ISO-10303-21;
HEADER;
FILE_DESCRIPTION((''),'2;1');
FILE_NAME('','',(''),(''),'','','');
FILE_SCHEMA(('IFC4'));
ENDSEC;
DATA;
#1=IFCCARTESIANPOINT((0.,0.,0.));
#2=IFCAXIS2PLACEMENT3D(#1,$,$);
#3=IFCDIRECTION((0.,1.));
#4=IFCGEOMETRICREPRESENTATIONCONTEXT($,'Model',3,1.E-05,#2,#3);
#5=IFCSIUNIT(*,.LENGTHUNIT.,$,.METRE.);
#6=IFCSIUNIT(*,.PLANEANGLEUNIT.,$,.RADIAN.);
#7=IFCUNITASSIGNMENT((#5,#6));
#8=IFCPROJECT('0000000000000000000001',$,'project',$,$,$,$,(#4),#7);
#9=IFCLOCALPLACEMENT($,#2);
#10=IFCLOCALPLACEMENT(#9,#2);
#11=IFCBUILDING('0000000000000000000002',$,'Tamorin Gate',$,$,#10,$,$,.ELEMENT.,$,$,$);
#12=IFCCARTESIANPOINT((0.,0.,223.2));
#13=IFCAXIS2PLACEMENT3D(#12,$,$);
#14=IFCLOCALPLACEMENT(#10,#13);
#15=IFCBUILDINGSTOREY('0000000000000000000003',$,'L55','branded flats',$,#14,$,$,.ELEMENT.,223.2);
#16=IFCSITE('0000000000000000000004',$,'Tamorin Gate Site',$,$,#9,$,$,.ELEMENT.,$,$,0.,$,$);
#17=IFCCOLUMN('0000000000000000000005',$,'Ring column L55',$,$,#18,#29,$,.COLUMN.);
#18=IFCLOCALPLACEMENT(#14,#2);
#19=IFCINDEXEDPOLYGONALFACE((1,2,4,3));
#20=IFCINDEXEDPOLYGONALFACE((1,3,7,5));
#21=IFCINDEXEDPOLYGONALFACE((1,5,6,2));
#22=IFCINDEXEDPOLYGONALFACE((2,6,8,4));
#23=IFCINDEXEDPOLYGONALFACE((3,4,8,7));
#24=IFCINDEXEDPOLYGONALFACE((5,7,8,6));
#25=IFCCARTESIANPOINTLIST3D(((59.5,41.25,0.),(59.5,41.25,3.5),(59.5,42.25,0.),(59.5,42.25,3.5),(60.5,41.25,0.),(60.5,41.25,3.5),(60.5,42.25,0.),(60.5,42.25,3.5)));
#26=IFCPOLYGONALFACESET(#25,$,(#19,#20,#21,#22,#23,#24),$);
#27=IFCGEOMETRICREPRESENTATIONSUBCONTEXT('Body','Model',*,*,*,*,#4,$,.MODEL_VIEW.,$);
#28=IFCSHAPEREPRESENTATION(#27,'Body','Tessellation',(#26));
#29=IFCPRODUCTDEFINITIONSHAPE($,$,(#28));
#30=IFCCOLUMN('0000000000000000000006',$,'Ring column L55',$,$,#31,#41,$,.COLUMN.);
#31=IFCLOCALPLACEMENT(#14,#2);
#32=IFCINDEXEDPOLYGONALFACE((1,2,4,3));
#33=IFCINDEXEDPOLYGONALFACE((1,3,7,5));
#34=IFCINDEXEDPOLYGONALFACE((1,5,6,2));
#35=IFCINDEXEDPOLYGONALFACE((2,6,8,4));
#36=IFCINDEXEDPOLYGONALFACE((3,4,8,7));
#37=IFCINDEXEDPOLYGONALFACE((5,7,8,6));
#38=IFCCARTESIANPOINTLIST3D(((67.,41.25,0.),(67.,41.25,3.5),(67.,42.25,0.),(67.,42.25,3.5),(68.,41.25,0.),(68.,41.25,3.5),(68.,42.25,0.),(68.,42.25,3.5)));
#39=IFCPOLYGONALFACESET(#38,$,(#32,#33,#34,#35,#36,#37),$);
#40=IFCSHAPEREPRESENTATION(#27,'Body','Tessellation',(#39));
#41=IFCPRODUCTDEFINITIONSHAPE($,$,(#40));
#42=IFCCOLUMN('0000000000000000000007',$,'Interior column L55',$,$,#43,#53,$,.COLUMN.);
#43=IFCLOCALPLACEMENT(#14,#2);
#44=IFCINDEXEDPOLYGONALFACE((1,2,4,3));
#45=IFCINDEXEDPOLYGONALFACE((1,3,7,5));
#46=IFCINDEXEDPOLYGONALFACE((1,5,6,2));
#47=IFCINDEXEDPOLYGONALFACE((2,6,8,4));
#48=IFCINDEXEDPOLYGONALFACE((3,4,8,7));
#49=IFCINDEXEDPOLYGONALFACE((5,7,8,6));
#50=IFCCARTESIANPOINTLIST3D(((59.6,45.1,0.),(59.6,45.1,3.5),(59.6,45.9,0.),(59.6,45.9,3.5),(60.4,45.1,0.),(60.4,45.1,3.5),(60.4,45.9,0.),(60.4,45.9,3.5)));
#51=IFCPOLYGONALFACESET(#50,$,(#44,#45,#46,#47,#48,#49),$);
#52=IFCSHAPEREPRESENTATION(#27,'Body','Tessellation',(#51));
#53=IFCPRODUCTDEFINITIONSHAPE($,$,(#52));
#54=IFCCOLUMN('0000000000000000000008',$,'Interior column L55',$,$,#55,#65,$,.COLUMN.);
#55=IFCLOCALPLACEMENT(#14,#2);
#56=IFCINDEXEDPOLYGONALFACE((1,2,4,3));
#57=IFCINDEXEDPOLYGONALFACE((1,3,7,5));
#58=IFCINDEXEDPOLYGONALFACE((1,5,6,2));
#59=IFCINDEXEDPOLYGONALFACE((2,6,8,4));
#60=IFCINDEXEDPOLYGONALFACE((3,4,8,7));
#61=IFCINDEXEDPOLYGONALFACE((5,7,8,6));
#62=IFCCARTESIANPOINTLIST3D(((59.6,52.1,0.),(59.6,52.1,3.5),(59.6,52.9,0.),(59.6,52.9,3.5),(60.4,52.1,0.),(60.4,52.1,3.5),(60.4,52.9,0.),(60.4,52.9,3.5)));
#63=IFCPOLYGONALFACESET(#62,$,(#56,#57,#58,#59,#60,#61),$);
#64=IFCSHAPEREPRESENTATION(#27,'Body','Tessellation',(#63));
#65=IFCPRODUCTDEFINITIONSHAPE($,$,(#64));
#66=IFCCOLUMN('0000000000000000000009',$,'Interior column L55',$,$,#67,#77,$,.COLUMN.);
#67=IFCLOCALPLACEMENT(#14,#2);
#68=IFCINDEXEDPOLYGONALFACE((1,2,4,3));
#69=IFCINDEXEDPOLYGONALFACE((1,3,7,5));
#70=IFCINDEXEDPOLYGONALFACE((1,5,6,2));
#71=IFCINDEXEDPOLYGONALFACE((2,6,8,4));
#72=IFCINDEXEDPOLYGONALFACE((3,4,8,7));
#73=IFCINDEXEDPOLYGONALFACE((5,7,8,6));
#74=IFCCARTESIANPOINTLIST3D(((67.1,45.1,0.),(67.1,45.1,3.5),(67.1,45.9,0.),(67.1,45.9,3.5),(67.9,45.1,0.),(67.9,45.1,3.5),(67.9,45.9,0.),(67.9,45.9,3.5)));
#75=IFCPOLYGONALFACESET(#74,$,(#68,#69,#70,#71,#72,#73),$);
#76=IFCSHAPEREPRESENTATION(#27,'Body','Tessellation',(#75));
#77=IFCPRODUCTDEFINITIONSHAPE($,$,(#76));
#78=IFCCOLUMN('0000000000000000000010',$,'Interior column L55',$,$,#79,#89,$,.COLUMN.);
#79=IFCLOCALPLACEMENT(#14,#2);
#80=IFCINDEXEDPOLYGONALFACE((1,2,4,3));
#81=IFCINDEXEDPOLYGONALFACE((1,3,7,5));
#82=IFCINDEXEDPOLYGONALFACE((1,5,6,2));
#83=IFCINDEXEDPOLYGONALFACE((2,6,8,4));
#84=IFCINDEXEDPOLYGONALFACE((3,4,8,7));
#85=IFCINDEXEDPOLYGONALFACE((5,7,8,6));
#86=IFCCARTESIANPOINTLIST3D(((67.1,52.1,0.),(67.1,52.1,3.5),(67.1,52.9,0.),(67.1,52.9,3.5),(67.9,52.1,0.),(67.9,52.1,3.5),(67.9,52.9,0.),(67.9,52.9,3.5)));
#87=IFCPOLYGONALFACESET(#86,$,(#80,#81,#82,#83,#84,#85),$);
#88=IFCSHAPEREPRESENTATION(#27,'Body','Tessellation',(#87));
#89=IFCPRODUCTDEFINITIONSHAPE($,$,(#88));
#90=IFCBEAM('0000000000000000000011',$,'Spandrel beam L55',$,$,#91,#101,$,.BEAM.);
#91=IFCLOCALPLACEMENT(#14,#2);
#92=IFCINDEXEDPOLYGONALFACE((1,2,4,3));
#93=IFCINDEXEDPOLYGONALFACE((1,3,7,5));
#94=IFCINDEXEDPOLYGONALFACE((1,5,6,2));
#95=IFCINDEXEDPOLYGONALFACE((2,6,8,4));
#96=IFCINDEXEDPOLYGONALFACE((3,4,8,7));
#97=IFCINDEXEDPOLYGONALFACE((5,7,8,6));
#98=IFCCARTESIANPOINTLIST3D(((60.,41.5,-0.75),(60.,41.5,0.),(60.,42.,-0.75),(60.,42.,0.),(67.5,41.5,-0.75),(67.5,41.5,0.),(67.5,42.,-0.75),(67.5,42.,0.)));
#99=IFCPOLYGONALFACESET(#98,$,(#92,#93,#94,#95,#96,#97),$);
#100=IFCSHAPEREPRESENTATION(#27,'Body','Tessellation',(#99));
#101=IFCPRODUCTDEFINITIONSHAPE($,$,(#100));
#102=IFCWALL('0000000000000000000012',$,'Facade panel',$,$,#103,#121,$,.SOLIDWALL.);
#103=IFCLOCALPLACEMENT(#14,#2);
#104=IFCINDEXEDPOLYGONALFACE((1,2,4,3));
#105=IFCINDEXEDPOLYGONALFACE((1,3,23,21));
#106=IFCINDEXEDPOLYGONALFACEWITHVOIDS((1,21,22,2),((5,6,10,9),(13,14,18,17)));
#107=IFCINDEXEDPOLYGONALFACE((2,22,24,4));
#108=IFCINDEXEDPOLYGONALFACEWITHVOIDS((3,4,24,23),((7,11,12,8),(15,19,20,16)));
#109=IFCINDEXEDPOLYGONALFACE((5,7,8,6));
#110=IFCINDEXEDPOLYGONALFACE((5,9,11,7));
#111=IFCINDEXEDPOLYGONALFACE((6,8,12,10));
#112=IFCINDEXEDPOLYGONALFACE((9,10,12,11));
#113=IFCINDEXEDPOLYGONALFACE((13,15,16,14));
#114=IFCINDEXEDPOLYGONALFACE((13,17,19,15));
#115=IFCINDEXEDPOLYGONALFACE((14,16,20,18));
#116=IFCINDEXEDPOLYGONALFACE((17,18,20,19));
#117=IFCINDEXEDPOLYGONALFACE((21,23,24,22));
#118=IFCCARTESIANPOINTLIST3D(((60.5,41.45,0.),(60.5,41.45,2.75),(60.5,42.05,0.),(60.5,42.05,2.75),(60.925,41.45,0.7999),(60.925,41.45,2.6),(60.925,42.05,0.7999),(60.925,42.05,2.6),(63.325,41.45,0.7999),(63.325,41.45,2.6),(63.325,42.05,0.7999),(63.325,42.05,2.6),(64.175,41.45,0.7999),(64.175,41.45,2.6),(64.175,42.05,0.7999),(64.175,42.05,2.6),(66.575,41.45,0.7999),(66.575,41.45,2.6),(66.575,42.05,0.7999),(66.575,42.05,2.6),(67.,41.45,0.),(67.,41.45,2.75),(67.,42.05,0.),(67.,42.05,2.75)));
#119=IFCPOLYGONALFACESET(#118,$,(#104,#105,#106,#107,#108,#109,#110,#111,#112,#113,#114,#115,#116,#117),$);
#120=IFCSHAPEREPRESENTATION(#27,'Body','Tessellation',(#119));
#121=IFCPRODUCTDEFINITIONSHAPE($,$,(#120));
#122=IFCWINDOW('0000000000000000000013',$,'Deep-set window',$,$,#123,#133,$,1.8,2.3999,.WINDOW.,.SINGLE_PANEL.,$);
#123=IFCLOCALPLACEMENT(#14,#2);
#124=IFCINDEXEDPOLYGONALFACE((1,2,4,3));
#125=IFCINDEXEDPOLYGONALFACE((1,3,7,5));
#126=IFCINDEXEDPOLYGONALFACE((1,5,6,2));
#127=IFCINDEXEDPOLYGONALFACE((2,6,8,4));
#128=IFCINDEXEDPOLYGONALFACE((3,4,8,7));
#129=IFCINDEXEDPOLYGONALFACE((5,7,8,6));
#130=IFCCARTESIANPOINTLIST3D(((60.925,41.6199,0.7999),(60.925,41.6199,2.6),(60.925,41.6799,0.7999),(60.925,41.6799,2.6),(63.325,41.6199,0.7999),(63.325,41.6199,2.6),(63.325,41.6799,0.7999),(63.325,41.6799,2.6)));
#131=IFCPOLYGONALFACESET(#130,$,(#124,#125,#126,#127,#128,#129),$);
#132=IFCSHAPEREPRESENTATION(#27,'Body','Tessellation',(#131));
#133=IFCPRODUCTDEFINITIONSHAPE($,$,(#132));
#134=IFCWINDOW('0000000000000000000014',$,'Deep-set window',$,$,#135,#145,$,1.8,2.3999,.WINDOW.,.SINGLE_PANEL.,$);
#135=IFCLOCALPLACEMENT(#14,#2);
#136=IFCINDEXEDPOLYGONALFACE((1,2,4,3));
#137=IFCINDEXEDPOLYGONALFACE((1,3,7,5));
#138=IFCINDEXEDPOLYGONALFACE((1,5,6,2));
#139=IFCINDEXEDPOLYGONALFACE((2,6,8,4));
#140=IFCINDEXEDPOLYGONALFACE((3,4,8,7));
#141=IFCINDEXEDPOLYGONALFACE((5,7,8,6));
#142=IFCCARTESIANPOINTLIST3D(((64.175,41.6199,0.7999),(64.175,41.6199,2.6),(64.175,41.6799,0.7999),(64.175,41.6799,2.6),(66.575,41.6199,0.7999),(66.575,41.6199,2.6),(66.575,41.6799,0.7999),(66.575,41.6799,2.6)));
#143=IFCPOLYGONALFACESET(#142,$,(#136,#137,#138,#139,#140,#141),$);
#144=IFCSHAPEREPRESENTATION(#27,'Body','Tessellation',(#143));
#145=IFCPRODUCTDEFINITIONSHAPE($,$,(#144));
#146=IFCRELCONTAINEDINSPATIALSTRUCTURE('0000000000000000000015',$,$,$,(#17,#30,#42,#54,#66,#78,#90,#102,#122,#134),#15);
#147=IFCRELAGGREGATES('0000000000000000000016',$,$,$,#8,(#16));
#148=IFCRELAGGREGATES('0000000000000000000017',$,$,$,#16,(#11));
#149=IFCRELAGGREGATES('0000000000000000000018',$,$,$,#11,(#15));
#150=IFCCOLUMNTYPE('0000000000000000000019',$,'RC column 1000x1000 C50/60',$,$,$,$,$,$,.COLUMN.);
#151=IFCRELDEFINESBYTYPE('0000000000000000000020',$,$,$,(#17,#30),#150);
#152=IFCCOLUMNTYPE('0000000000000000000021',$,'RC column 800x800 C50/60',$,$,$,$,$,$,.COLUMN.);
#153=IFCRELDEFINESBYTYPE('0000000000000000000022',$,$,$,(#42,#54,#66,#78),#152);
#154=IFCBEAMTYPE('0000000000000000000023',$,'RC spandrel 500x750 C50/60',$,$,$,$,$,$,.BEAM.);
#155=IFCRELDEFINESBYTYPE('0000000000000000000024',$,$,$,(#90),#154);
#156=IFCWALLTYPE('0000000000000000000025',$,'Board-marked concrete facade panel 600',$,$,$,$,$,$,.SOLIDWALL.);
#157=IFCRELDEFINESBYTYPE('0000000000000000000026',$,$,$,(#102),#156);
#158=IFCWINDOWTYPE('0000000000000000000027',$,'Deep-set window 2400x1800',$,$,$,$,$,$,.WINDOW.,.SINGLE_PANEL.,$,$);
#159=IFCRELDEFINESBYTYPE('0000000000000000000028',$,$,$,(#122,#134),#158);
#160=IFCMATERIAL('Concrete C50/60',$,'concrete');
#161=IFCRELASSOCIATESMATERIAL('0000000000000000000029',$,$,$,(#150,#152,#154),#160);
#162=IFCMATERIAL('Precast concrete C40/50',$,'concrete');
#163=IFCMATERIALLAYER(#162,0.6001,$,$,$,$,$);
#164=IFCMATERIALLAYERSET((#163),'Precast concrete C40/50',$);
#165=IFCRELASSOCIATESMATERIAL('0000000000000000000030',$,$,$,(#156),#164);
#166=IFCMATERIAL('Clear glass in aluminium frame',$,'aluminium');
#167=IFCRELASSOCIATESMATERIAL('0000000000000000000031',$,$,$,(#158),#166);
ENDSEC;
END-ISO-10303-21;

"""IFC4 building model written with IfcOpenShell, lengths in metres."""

from ifc_helpers import new_model, si_unit, direction, frame, frame_2d, origin, origin_2d, place, context, subcontext, project, spatial, rectangle, extrude, material, layer, layer_set, material_profile, profile_set, type_object, element, fill, save


model = new_model("IFC4")

# Units and contexts
model_context = context("Model", 3, precision=1e-05, world=origin(), true_north=direction((0.0, 1.0)))
body_context = subcontext(model_context, "Body", "Model", "MODEL_VIEW")
ifc_project = project(units=[si_unit("LENGTHUNIT", "METRE"), si_unit("PLANEANGLEUNIT", "RADIAN")], contexts=[model_context])

# Site, building, storey
site_placement = place(None, origin())
site = spatial("IfcSite", under=ifc_project, at=site_placement, Name="Tamorin Gate Site", CompositionType="ELEMENT", RefElevation=0.0)
building_placement = place(site_placement, origin())
building = spatial("IfcBuilding", under=site, at=building_placement, Name="Tamorin Gate", CompositionType="ELEMENT")
storey_placement = place(building_placement, frame((0.0, 0.0, 223.2)))
storey = spatial("IfcBuildingStorey", under=building, at=storey_placement, Name="L55", Description="branded flats", CompositionType="ELEMENT", Elevation=223.2)

# Columns
ifc_material_1 = material(Name="Concrete C50/60", Category="concrete")
ifc_material_profile_1 = material_profile(ifc_material_1, rectangle(XDim=1.0, YDim=1.0, at=origin_2d()), Name="RC 1000x1000")
ifc_profile_set_1 = profile_set([ifc_material_profile_1], Name="Concrete C50/60")
column_type_1 = type_object("IfcColumnType", Name="RC column 1000x1000 C50/60", PredefinedType="COLUMN", material=ifc_profile_set_1)
for number, where, z_axis, x_axis, name in (
    (1, (60.0, 41.75, 0.0), (0.0, 0.0, 1.0), (1.0, 0.0, 0.0), "Ring column L55"),
    (2, (67.5, 41.75, 0.0), (0.0, 0.0, 1.0), (1.0, 0.0, 0.0), "Ring column L55"),
):
    element("IfcColumn", number, at=place(storey_placement, frame(where, z_axis=z_axis, x_axis=x_axis)), inside=storey, type_object=column_type_1, Name=name, PredefinedType="COLUMN", context=body_context, shape_type="SweptSolid", body=[
        extrude(rectangle(XDim=1.0, YDim=1.0, at=origin_2d()), origin(), (0.0, 0.0, 1.0), 3.5),
    ])
ifc_material_profile_2 = material_profile(ifc_material_1, rectangle(XDim=0.8, YDim=0.8, at=origin_2d()), Name="RC 800x800")
ifc_profile_set_2 = profile_set([ifc_material_profile_2], Name="Concrete C50/60")
column_type_2 = type_object("IfcColumnType", Name="RC column 800x800 C50/60", PredefinedType="COLUMN", material=ifc_profile_set_2)
for number, where, z_axis, x_axis, name in (
    (3, (60.0, 45.5, 0.0), (0.0, 0.0, 1.0), (1.0, 0.0, 0.0), "Interior column L55"),
    (4, (60.0, 52.5, 0.0), (0.0, 0.0, 1.0), (1.0, 0.0, 0.0), "Interior column L55"),
    (5, (67.5, 45.5, 0.0), (0.0, 0.0, 1.0), (1.0, 0.0, 0.0), "Interior column L55"),
    (6, (67.5, 52.5, 0.0), (0.0, 0.0, 1.0), (1.0, 0.0, 0.0), "Interior column L55"),
):
    element("IfcColumn", number, at=place(storey_placement, frame(where, z_axis=z_axis, x_axis=x_axis)), inside=storey, type_object=column_type_2, Name=name, PredefinedType="COLUMN", context=body_context, shape_type="SweptSolid", body=[
        extrude(rectangle(XDim=0.8, YDim=0.8, at=origin_2d()), origin(), (0.0, 0.0, 1.0), 3.5),
    ])

# Beam
ifc_material_profile_3 = material_profile(ifc_material_1, rectangle(XDim=0.5, YDim=0.75, at=origin_2d()), Name="RC 500x750")
ifc_profile_set_3 = profile_set([ifc_material_profile_3], Name="Concrete C50/60")
beam_type = type_object("IfcBeamType", Name="RC spandrel 500x750 C50/60", PredefinedType="BEAM", material=ifc_profile_set_3)
beam_placement = place(storey_placement, frame((60.0, 41.75, -0.375), z_axis=(1.0, 0.0, 0.0), x_axis=(0.0, 1.0, 0.0)))
element("IfcBeam", 7, at=beam_placement, inside=storey, type_object=beam_type, Name="Spandrel beam L55", PredefinedType="BEAM", context=body_context, shape_type="SweptSolid", body=[
    extrude(rectangle(XDim=0.5, YDim=0.75, at=origin_2d()), origin(), (0.0, 0.0, 1.0), 7.5),
])

# Wall, openings, windows
ifc_material_2 = material(Name="Precast concrete C40/50", Category="concrete")
ifc_layer_1 = layer(ifc_material_2, 0.6001)
ifc_layer_set_1 = layer_set([ifc_layer_1], Name="Precast concrete C40/50")
wall_type_1 = type_object("IfcWallType", Name="Board-marked concrete facade panel 600", PredefinedType="SOLIDWALL", material=ifc_layer_set_1)
wall_1_placement = place(storey_placement, frame((60.5, 41.75, 0.0), z_axis=(0.0, 0.0, 1.0), x_axis=(1.0, 0.0, 0.0)))
wall_1 = element("IfcWall", 8, at=wall_1_placement, inside=storey, type_object=wall_type_1, Name="Facade panel", PredefinedType="SOLIDWALL", context=body_context, shape_type="SweptSolid", body=[
    extrude(rectangle(XDim=6.5, YDim=0.6001, at=frame_2d((3.25, 0.0))), origin(), (0.0, 0.0, 1.0), 2.75),
])
opening_1_placement = place(wall_1_placement, frame((0.425, 0.0, 0.8)))
opening_1 = element("IfcOpeningElement", 9, at=opening_1_placement, cuts=wall_1, PredefinedType="OPENING", context=body_context, shape_type="SweptSolid", body=[
    extrude(rectangle(XDim=2.3999, YDim=1.8, at=frame_2d((1.2, 0.8999))), frame((0.0, 0.3101, 0.0), z_axis=(0.0, -1.0, 0.0), x_axis=(1.0, 0.0, 0.0)), (0.0, 0.0, 1.0), 0.6201),
])
opening_2_placement = place(wall_1_placement, frame((3.675, 0.0, 0.8)))
opening_2 = element("IfcOpeningElement", 10, at=opening_2_placement, cuts=wall_1, PredefinedType="OPENING", context=body_context, shape_type="SweptSolid", body=[
    extrude(rectangle(XDim=2.3999, YDim=1.8, at=frame_2d((1.2, 0.8999))), frame((0.0, 0.3101, 0.0), z_axis=(0.0, -1.0, 0.0), x_axis=(1.0, 0.0, 0.0)), (0.0, 0.0, 1.0), 0.6201),
])
ifc_material_3 = material(Name="Clear glass in aluminium frame", Category="aluminium")
window_type = type_object("IfcWindowType", Name="Deep-set window 2400x1800", PartitioningType="SINGLE_PANEL", PredefinedType="WINDOW", material=ifc_material_3)
window_1_placement = place(opening_1_placement, origin())
window_1 = element("IfcWindow", 11, at=window_1_placement, inside=storey, type_object=window_type, Name="Deep-set window", OverallHeight=1.8, OverallWidth=2.3999, PartitioningType="SINGLE_PANEL", PredefinedType="WINDOW", context=body_context, shape_type="SweptSolid", body=[
    extrude(rectangle(XDim=2.3999, YDim=1.8, at=frame_2d((1.2, 0.8999))), frame((0.0, -0.0701, 0.0), z_axis=(0.0, -1.0, 0.0), x_axis=(1.0, 0.0, 0.0)), (0.0, 0.0, 1.0), 0.0601),
])
fill(opening_1, window_1)
window_2_placement = place(opening_2_placement, origin())
window_2 = element("IfcWindow", 12, at=window_2_placement, inside=storey, type_object=window_type, Name="Deep-set window", OverallHeight=1.8, OverallWidth=2.3999, PartitioningType="SINGLE_PANEL", PredefinedType="WINDOW", context=body_context, shape_type="SweptSolid", body=[
    extrude(rectangle(XDim=2.3999, YDim=1.8, at=frame_2d((1.2, 0.8999))), frame((0.0, -0.0701, 0.0), z_axis=(0.0, -1.0, 0.0), x_axis=(1.0, 0.0, 0.0)), (0.0, 0.0, 1.0), 0.0601),
])
fill(opening_2, window_2)

save(model, "model.ifc")
